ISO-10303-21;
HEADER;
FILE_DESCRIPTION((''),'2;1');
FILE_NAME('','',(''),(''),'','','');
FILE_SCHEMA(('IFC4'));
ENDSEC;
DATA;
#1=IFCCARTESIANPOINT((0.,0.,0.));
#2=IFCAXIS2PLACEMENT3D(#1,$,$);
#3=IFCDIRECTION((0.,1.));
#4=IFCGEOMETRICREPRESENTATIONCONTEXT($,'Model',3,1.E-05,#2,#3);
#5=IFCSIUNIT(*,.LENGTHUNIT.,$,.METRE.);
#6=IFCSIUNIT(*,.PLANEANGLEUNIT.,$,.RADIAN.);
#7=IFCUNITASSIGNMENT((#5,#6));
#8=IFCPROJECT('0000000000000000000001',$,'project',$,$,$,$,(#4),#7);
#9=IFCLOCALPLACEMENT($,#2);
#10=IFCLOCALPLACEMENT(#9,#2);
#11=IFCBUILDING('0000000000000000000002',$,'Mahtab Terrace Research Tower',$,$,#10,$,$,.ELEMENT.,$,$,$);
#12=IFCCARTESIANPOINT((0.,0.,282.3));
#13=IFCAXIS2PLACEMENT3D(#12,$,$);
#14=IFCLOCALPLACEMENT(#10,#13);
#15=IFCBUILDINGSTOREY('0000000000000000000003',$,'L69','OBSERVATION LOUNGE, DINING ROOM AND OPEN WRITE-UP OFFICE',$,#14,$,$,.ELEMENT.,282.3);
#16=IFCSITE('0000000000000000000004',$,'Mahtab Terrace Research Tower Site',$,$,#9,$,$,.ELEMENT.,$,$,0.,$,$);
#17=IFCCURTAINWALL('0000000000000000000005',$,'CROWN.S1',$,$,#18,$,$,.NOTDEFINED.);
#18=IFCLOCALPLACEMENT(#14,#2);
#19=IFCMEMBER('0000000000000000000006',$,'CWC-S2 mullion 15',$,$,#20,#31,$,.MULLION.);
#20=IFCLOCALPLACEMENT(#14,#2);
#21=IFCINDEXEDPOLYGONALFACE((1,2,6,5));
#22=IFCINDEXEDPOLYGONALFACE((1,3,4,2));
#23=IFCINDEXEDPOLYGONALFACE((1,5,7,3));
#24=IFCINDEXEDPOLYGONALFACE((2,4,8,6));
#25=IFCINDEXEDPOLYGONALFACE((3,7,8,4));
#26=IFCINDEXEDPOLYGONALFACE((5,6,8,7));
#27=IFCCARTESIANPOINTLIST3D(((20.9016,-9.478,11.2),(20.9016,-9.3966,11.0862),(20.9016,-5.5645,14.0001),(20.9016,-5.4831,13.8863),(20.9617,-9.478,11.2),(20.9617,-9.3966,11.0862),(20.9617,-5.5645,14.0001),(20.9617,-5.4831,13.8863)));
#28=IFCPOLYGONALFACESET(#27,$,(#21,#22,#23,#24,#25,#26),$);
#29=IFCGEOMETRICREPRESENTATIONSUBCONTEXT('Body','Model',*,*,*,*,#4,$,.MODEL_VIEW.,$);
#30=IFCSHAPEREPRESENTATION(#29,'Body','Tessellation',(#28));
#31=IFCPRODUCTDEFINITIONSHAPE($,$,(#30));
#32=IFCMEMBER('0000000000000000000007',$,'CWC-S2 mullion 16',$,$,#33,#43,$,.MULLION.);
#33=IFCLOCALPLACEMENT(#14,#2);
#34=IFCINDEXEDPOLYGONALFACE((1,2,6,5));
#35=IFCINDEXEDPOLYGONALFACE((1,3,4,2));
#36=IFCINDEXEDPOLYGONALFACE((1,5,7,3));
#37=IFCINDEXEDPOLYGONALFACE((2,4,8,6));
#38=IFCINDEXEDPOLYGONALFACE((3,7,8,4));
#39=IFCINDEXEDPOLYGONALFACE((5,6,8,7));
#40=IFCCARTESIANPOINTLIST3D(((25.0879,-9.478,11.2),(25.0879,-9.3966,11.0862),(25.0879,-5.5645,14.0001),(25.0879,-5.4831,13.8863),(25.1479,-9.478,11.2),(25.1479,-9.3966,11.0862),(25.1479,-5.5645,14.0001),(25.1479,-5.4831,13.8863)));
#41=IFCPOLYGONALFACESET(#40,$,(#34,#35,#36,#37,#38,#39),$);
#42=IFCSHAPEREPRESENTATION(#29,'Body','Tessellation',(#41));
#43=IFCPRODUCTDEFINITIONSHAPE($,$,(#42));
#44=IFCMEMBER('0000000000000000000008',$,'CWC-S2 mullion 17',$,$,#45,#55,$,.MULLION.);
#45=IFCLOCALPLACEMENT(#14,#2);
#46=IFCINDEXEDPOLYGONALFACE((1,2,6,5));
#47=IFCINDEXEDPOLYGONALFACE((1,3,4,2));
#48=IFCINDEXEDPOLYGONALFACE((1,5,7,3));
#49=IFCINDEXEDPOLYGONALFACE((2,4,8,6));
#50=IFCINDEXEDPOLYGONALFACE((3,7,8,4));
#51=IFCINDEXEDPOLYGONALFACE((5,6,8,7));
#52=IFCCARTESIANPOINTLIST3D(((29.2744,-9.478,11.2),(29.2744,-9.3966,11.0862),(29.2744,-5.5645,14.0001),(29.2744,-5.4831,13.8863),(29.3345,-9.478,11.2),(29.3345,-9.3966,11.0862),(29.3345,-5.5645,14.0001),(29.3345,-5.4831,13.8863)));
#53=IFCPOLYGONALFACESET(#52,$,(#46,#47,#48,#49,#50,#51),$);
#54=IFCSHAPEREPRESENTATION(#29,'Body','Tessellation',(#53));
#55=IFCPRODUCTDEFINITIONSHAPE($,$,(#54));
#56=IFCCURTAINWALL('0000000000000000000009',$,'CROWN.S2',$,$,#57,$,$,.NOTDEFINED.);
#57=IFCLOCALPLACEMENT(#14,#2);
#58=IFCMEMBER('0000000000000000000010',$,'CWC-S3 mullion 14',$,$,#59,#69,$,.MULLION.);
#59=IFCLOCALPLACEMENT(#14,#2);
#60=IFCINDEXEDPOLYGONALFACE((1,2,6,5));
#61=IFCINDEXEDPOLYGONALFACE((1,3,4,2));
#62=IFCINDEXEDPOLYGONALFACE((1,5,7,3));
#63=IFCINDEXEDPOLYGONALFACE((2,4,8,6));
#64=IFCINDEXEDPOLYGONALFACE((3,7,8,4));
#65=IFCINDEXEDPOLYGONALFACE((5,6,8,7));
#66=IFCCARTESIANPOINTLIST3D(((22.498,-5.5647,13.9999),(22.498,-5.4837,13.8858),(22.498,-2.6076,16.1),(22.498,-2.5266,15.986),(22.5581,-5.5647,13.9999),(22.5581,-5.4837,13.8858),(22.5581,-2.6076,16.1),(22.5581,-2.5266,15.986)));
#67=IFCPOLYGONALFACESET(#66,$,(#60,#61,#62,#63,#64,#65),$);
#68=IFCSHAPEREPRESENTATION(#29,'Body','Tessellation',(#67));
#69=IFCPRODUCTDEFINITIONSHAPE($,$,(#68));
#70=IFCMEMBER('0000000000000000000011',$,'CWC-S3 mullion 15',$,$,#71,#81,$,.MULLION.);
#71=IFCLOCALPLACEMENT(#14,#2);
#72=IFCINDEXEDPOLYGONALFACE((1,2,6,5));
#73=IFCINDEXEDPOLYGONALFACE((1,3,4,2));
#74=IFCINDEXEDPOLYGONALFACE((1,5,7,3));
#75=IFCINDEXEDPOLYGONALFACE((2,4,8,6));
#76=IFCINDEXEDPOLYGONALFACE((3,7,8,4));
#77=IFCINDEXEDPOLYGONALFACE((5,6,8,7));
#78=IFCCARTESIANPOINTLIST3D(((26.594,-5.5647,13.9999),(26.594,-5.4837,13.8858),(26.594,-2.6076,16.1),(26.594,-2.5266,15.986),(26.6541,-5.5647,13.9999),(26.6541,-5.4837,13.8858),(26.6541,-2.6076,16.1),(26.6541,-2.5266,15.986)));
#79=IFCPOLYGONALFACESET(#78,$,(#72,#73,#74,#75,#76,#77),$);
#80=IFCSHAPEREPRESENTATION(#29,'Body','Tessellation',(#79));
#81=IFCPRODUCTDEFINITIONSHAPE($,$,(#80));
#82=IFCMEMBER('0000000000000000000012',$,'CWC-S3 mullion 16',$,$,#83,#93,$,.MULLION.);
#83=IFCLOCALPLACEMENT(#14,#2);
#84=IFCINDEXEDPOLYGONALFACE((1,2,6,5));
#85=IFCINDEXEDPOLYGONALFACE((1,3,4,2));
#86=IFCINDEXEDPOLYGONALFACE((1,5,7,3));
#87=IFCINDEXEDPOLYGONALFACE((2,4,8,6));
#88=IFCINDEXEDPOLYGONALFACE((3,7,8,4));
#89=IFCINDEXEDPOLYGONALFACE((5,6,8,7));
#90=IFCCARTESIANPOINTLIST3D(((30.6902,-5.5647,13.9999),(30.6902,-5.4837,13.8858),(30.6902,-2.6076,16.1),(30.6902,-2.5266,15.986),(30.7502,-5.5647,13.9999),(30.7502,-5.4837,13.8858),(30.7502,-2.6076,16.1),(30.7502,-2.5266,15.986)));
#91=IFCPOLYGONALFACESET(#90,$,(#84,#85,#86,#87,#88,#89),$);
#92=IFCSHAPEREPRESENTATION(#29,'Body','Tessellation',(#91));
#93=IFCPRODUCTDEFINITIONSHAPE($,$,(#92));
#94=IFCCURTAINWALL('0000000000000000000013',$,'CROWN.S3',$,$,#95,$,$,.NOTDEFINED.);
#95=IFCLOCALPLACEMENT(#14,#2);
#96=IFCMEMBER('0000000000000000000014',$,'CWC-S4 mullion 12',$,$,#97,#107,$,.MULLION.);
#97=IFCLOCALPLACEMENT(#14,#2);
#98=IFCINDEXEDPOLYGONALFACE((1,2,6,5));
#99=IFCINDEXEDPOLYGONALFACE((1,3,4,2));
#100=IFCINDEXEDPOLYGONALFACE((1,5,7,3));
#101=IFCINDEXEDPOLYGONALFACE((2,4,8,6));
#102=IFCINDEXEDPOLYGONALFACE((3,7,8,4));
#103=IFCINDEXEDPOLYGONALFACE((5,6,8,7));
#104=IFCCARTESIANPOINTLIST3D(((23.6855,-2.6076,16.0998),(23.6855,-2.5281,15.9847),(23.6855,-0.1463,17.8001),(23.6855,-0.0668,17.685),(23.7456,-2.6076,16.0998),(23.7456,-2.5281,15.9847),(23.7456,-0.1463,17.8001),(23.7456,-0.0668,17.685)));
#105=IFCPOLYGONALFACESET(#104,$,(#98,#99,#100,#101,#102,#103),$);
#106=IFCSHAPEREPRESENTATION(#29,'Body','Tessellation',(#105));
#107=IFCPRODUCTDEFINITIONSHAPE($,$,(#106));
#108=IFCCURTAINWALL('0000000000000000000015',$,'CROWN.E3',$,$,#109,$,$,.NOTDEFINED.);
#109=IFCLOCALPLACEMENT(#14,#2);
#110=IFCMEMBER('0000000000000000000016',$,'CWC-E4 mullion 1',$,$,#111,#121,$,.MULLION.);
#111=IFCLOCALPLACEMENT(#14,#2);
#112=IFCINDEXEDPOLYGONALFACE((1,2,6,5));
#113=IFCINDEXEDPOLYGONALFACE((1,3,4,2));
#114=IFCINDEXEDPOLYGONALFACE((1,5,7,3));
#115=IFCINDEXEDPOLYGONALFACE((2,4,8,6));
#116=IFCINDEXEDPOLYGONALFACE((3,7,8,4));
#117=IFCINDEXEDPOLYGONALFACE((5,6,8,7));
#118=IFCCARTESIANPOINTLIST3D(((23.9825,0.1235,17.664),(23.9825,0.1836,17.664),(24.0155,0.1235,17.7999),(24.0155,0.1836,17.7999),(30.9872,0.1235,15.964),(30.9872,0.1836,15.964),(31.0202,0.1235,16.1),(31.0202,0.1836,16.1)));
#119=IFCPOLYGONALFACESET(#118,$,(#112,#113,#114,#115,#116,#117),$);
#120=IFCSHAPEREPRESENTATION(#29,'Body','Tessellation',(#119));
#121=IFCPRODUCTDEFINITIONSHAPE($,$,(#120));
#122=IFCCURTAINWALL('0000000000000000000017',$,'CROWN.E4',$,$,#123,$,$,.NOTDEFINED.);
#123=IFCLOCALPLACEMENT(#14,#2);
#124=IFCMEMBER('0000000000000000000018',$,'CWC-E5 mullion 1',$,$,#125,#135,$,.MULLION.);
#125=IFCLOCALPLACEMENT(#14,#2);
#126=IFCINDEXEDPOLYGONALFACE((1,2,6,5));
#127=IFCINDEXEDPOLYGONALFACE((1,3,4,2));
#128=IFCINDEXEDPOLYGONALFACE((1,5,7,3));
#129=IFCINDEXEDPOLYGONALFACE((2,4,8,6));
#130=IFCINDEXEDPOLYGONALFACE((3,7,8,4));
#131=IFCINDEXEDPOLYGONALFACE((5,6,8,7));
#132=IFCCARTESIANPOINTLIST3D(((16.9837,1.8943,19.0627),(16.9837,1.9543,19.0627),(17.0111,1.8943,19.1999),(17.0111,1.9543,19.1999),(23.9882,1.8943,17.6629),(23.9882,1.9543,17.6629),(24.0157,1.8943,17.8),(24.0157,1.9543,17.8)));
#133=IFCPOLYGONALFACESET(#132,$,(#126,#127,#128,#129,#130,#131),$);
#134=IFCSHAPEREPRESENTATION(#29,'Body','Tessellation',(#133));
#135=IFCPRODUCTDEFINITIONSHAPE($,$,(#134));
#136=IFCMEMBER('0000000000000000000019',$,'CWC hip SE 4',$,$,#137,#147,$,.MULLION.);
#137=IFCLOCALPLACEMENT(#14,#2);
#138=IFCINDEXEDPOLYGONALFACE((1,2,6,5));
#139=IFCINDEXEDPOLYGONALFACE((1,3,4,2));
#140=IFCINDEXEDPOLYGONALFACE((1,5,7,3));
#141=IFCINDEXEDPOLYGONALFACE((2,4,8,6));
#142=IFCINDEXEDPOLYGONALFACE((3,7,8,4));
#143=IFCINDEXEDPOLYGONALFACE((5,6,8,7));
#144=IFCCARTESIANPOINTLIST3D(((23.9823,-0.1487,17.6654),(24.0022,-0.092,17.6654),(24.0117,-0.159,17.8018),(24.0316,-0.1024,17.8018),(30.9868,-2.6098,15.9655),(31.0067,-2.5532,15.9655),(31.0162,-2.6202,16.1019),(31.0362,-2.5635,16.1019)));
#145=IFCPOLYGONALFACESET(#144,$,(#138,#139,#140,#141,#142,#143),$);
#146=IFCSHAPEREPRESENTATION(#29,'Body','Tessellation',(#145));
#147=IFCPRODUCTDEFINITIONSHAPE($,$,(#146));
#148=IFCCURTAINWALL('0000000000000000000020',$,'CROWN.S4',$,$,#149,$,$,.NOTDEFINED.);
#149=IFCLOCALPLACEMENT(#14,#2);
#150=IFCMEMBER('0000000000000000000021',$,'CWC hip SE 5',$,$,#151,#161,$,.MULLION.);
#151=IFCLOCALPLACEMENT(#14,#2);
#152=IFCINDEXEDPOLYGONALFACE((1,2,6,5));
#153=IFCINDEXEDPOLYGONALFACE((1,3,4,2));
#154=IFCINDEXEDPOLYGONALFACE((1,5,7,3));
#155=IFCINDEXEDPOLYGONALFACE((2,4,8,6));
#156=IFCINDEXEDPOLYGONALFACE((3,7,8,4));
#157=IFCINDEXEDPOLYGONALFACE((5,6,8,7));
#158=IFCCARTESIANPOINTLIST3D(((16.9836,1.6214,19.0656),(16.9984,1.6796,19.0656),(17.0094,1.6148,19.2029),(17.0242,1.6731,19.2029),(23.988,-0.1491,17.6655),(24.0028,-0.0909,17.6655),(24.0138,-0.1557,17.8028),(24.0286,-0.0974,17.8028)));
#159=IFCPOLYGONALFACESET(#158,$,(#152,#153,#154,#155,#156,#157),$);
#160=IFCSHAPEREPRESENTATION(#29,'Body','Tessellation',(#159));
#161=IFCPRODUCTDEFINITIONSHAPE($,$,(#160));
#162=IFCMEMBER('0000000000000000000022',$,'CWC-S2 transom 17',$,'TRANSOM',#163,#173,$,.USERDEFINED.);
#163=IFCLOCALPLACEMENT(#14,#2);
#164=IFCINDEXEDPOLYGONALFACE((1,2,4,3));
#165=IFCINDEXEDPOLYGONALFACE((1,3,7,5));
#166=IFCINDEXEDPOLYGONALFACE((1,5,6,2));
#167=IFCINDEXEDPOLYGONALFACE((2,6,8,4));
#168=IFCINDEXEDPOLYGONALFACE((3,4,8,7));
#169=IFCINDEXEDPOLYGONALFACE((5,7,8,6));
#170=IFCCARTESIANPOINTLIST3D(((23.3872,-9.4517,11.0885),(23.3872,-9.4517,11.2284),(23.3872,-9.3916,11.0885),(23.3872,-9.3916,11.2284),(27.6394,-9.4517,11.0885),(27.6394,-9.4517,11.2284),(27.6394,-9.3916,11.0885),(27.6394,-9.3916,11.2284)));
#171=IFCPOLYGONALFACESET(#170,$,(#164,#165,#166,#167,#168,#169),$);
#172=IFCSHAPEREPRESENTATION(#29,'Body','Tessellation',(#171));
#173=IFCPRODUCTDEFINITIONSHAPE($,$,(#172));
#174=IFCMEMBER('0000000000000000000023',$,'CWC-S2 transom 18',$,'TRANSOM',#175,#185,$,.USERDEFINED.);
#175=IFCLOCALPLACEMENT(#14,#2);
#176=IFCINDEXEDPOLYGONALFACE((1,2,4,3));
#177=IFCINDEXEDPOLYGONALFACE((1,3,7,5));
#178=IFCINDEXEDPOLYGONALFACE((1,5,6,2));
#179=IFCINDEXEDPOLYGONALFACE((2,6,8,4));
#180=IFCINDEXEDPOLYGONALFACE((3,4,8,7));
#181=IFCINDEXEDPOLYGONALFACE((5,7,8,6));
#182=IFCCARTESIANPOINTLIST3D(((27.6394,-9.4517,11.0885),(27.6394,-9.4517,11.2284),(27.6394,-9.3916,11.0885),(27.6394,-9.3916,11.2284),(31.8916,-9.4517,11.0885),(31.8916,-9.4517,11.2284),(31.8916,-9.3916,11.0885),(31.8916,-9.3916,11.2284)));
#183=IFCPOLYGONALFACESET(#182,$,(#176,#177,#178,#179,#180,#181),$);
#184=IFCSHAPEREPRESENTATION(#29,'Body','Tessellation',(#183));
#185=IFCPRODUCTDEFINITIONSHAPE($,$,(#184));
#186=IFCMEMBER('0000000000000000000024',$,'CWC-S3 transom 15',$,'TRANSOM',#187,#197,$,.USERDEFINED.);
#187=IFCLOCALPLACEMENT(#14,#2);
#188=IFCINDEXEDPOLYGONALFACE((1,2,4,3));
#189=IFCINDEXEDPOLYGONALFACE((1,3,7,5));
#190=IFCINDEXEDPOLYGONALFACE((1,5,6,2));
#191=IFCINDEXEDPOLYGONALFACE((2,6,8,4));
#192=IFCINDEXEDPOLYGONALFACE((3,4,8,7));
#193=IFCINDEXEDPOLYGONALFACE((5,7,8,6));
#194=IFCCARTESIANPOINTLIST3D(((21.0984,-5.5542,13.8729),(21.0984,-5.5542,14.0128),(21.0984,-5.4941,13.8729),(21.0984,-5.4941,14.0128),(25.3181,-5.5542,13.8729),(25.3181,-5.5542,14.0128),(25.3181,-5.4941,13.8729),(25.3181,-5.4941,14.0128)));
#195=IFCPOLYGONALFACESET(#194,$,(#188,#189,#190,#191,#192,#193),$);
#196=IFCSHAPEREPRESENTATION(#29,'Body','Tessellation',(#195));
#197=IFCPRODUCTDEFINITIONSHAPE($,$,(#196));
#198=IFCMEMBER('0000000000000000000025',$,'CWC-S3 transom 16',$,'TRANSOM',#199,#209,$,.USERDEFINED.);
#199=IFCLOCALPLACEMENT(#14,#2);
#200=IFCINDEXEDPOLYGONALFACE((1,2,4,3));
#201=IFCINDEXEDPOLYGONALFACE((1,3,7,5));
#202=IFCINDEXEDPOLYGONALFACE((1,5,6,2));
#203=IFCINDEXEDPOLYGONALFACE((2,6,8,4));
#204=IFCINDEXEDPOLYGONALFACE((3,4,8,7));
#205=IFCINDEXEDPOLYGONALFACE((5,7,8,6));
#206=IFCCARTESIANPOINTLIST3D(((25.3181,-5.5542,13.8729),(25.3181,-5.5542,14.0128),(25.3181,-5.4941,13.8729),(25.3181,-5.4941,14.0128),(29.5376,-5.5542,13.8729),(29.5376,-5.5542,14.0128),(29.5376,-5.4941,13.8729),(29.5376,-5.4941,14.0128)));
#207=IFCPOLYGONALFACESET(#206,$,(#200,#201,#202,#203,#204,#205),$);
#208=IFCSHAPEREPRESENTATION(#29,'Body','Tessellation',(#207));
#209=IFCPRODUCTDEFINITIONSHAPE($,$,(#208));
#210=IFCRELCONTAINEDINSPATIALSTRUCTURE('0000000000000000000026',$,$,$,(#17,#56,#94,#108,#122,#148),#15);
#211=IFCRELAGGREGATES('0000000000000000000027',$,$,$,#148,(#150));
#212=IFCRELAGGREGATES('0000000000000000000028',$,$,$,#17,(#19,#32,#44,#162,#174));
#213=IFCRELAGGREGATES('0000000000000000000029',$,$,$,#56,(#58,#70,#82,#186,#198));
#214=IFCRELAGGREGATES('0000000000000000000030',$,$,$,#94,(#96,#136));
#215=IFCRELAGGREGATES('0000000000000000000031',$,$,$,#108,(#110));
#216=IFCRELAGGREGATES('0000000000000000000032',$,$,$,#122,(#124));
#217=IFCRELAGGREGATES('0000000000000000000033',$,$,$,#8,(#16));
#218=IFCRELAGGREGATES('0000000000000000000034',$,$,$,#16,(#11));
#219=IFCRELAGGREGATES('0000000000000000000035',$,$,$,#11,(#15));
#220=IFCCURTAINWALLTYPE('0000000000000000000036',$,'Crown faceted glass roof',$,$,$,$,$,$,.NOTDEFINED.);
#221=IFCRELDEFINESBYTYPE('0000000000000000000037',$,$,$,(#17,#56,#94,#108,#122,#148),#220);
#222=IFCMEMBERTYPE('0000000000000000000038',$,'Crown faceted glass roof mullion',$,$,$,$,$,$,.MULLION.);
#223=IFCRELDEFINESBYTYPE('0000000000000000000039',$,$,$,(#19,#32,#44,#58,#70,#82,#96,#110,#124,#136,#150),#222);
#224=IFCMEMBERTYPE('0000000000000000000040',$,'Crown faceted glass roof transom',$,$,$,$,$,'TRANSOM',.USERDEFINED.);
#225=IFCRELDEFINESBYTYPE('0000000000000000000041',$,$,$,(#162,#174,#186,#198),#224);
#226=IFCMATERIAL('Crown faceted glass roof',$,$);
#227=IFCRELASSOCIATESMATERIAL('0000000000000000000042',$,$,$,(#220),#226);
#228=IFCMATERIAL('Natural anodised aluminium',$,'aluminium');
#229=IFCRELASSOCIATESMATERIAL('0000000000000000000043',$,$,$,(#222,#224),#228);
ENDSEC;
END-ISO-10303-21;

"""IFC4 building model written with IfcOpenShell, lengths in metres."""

from ifc_helpers import new_model, si_unit, direction, frame, origin, origin_2d, place, context, subcontext, project, spatial, rectangle, extrude, material, material_profile, profile_set, type_object, element, aggregate, save


model = new_model("IFC4")

# Units and contexts
model_context = context("Model", 3, precision=1e-05, world=origin(), true_north=direction((0.0, 1.0)))
body_context = subcontext(model_context, "Body", "Model", "MODEL_VIEW")
ifc_project = project(units=[si_unit("LENGTHUNIT", "METRE"), si_unit("PLANEANGLEUNIT", "RADIAN")], contexts=[model_context])

# Site, building, storey
site_placement = place(None, origin())
site = spatial("IfcSite", under=ifc_project, at=site_placement, Name="Mahtab Terrace Research Tower Site", CompositionType="ELEMENT", RefElevation=0.0)
building_placement = place(site_placement, origin())
building = spatial("IfcBuilding", under=site, at=building_placement, Name="Mahtab Terrace Research Tower", CompositionType="ELEMENT")
storey_placement = place(building_placement, frame((0.0, 0.0, 282.3)))
storey = spatial("IfcBuildingStorey", under=building, at=storey_placement, Name="L69", Description="OBSERVATION LOUNGE, DINING ROOM AND OPEN WRITE-UP OFFICE", CompositionType="ELEMENT", Elevation=282.3)

# Curtain walls, members
ifc_material_1 = material(Name="Crown faceted glass roof")
curtain_wall_type = type_object("IfcCurtainWallType", Name="Crown faceted glass roof", PredefinedType="NOTDEFINED", material=ifc_material_1)
curtain_wall_1_placement = place(storey_placement, origin())
curtain_wall_1 = element("IfcCurtainWall", 1, at=curtain_wall_1_placement, inside=storey, type_object=curtain_wall_type, Name="CROWN.S1", PredefinedType="NOTDEFINED")
ifc_material_2 = material(Name="Natural anodised aluminium", Category="aluminium")
ifc_material_profile_1 = material_profile(ifc_material_2, rectangle(XDim=0.0601, YDim=0.1399, at=origin_2d()), Name="MULLION 60x140")
ifc_profile_set_1 = profile_set([ifc_material_profile_1], Name="Natural anodised aluminium")
member_type_1 = type_object("IfcMemberType", Name="Crown faceted glass roof mullion", PredefinedType="MULLION", material=ifc_profile_set_1)
member_1_placement = place(storey_placement, frame((20.9316, -9.4373, 11.1431), z_axis=(0.0, 0.81326, 0.5819), x_axis=(-1.0, 0.0, 0.0)))
member_1 = element("IfcMember", 2, at=member_1_placement, type_object=member_type_1, Name="CWC-S2 mullion 15", PredefinedType="MULLION", context=body_context, shape_type="SweptSolid", body=[
    extrude(rectangle(XDim=0.0601, YDim=0.1399, at=origin_2d()), origin(), (0.0, 0.0, 1.0), 4.812),
])
member_2_placement = place(storey_placement, frame((25.1179, -9.4373, 11.1431), z_axis=(0.0, 0.81326, 0.5819), x_axis=(-1.0, 0.0, 0.0)))
member_2 = element("IfcMember", 3, at=member_2_placement, type_object=member_type_1, Name="CWC-S2 mullion 16", PredefinedType="MULLION", context=body_context, shape_type="SweptSolid", body=[
    extrude(rectangle(XDim=0.0601, YDim=0.1399, at=origin_2d()), origin(), (0.0, 0.0, 1.0), 4.812),
])
member_3_placement = place(storey_placement, frame((29.3044, -9.4373, 11.1431), z_axis=(0.0, 0.81326, 0.5819), x_axis=(-1.0, 0.0, 0.0)))
member_3 = element("IfcMember", 4, at=member_3_placement, type_object=member_type_1, Name="CWC-S2 mullion 17", PredefinedType="MULLION", context=body_context, shape_type="SweptSolid", body=[
    extrude(rectangle(XDim=0.0601, YDim=0.1399, at=origin_2d()), origin(), (0.0, 0.0, 1.0), 4.812),
])
curtain_wall_2_placement = place(storey_placement, origin())
curtain_wall_2 = element("IfcCurtainWall", 5, at=curtain_wall_2_placement, inside=storey, type_object=curtain_wall_type, Name="CROWN.S2", PredefinedType="NOTDEFINED")
member_4_placement = place(storey_placement, frame((22.5281, -5.5242, 13.9429), z_axis=(0.0, 0.815304, 0.579033), x_axis=(-1.0, 0.0, 0.0)))
member_4 = element("IfcMember", 6, at=member_4_placement, type_object=member_type_1, Name="CWC-S3 mullion 14", PredefinedType="MULLION", context=body_context, shape_type="SweptSolid", body=[
    extrude(rectangle(XDim=0.0601, YDim=0.1399, at=origin_2d()), origin(), (0.0, 0.0, 1.0), 3.627),
])
member_5_placement = place(storey_placement, frame((26.624, -5.5242, 13.9429), z_axis=(0.0, 0.815304, 0.579033), x_axis=(-1.0, 0.0, 0.0)))
member_5 = element("IfcMember", 7, at=member_5_placement, type_object=member_type_1, Name="CWC-S3 mullion 15", PredefinedType="MULLION", context=body_context, shape_type="SweptSolid", body=[
    extrude(rectangle(XDim=0.0601, YDim=0.1399, at=origin_2d()), origin(), (0.0, 0.0, 1.0), 3.627),
])
member_6_placement = place(storey_placement, frame((30.7202, -5.5242, 13.9429), z_axis=(0.0, 0.815304, 0.579033), x_axis=(-1.0, 0.0, 0.0)))
member_6 = element("IfcMember", 8, at=member_6_placement, type_object=member_type_1, Name="CWC-S3 mullion 16", PredefinedType="MULLION", context=body_context, shape_type="SweptSolid", body=[
    extrude(rectangle(XDim=0.0601, YDim=0.1399, at=origin_2d()), origin(), (0.0, 0.0, 1.0), 3.627),
])

# Curtain walls, members
curtain_wall_3_placement = place(storey_placement, origin())
curtain_wall_3 = element("IfcCurtainWall", 9, at=curtain_wall_3_placement, inside=storey, type_object=curtain_wall_type, Name="CROWN.S3", PredefinedType="NOTDEFINED")
member_7_placement = place(storey_placement, frame((23.7156, -2.5679, 16.0422), z_axis=(0.0, 0.822771, 0.568374), x_axis=(-1.0, 0.0, 0.0)))
member_7 = element("IfcMember", 10, at=member_7_placement, type_object=member_type_1, Name="CWC-S4 mullion 12", PredefinedType="MULLION", context=body_context, shape_type="SweptSolid", body=[
    extrude(rectangle(XDim=0.0601, YDim=0.1399, at=origin_2d()), origin(), (0.0, 0.0, 1.0), 2.9915),
])
curtain_wall_4_placement = place(storey_placement, origin())
curtain_wall_4 = element("IfcCurtainWall", 11, at=curtain_wall_4_placement, inside=storey, type_object=curtain_wall_type, Name="CROWN.E3", PredefinedType="NOTDEFINED")
member_8_placement = place(storey_placement, frame((31.0037, 0.1536, 16.032), z_axis=(-0.971791, 0.0, 0.235843), x_axis=(0.0, -1.0, 0.0)))
member_8 = element("IfcMember", 12, at=member_8_placement, type_object=member_type_1, Name="CWC-E4 mullion 1", PredefinedType="MULLION", context=body_context, shape_type="SweptSolid", body=[
    extrude(rectangle(XDim=0.0601, YDim=0.1399, at=origin_2d()), origin(), (0.0, 0.0, 1.0), 7.208),
])
curtain_wall_5_placement = place(storey_placement, origin())
curtain_wall_5 = element("IfcCurtainWall", 13, at=curtain_wall_5_placement, inside=storey, type_object=curtain_wall_type, Name="CROWN.E4", PredefinedType="NOTDEFINED")
member_9_placement = place(storey_placement, frame((24.002, 1.9243, 17.7314), z_axis=(-0.980608, 0.0, 0.195978), x_axis=(0.0, -1.0, 0.0)))
member_9 = element("IfcMember", 14, at=member_9_placement, type_object=member_type_1, Name="CWC-E5 mullion 1", PredefinedType="MULLION", context=body_context, shape_type="SweptSolid", body=[
    extrude(rectangle(XDim=0.0601, YDim=0.1399, at=origin_2d()), origin(), (0.0, 0.0, 1.0), 7.1431),
])

# Member
member_10_placement = place(storey_placement, frame((31.0115, -2.5867, 16.0337), z_axis=(-0.919657, 0.323135, 0.223191), x_axis=(-0.331497, -0.943456, 0.0)))
member_10 = element("IfcMember", 15, at=member_10_placement, type_object=member_type_1, Name="CWC hip SE 4", PredefinedType="MULLION", context=body_context, shape_type="SweptSolid", body=[
    extrude(rectangle(XDim=0.0601, YDim=0.1399, at=origin_2d()), origin(), (0.0, 0.0, 1.0), 7.6165),
])

# Curtain wall, member
curtain_wall_6_placement = place(storey_placement, origin())
curtain_wall_6 = element("IfcCurtainWall", 16, at=curtain_wall_6_placement, inside=storey, type_object=curtain_wall_type, Name="CROWN.S4", PredefinedType="NOTDEFINED")
member_11_placement = place(storey_placement, frame((24.0083, -0.1233, 17.7341), z_axis=(-0.951798, 0.240587, 0.19026), x_axis=(-0.245063, -0.969507, 0.0)))
member_11 = element("IfcMember", 17, at=member_11_placement, type_object=member_type_1, Name="CWC hip SE 5", PredefinedType="MULLION", context=body_context, shape_type="SweptSolid", body=[
    extrude(rectangle(XDim=0.0601, YDim=0.1399, at=origin_2d()), origin(), (0.0, 0.0, 1.0), 7.3591),
])

# Members
ifc_material_profile_2 = material_profile(ifc_material_2, rectangle(XDim=0.0601, YDim=0.1399, at=origin_2d()), Name="TRANSOM 60x140")
ifc_profile_set_2 = profile_set([ifc_material_profile_2], Name="Natural anodised aluminium")
member_type_2 = type_object("IfcMemberType", Name="Crown faceted glass roof transom", ElementType="TRANSOM", PredefinedType="USERDEFINED", material=ifc_profile_set_2)
member_12_placement = place(storey_placement, frame((23.3872, -9.4216, 11.1584), z_axis=(1.0, 0.0, 0.0), x_axis=(0.0, 1.0, 0.0)))
member_12 = element("IfcMember", 18, at=member_12_placement, type_object=member_type_2, Name="CWC-S2 transom 17", ObjectType="TRANSOM", PredefinedType="USERDEFINED", context=body_context, shape_type="SweptSolid", body=[
    extrude(rectangle(XDim=0.0601, YDim=0.1399, at=origin_2d()), origin(), (0.0, 0.0, 1.0), 4.2522),
])
member_13_placement = place(storey_placement, frame((27.6394, -9.4216, 11.1584), z_axis=(1.0, 0.0, 0.0), x_axis=(0.0, 1.0, 0.0)))
member_13 = element("IfcMember", 19, at=member_13_placement, type_object=member_type_2, Name="CWC-S2 transom 18", ObjectType="TRANSOM", PredefinedType="USERDEFINED", context=body_context, shape_type="SweptSolid", body=[
    extrude(rectangle(XDim=0.0601, YDim=0.1399, at=origin_2d()), origin(), (0.0, 0.0, 1.0), 4.2522),
])
member_14_placement = place(storey_placement, frame((21.0984, -5.5242, 13.9429), z_axis=(1.0, 0.0, 0.0), x_axis=(0.0, 1.0, 0.0)))
member_14 = element("IfcMember", 20, at=member_14_placement, type_object=member_type_2, Name="CWC-S3 transom 15", ObjectType="TRANSOM", PredefinedType="USERDEFINED", context=body_context, shape_type="SweptSolid", body=[
    extrude(rectangle(XDim=0.0601, YDim=0.1399, at=origin_2d()), origin(), (0.0, 0.0, 1.0), 4.2197),
])
member_15_placement = place(storey_placement, frame((25.3181, -5.5242, 13.9429), z_axis=(1.0, 0.0, 0.0), x_axis=(0.0, 1.0, 0.0)))
member_15 = element("IfcMember", 21, at=member_15_placement, type_object=member_type_2, Name="CWC-S3 transom 16", ObjectType="TRANSOM", PredefinedType="USERDEFINED", context=body_context, shape_type="SweptSolid", body=[
    extrude(rectangle(XDim=0.0601, YDim=0.1399, at=origin_2d()), origin(), (0.0, 0.0, 1.0), 4.2195),
])
aggregate(curtain_wall_6, [member_11])

aggregate(curtain_wall_1, [member_1, member_2, member_3, member_12, member_13])
aggregate(curtain_wall_2, [member_4, member_5, member_6, member_14, member_15])
aggregate(curtain_wall_3, [member_7, member_10])
aggregate(curtain_wall_4, [member_8])
aggregate(curtain_wall_5, [member_9])

save(model, "model.ifc")
